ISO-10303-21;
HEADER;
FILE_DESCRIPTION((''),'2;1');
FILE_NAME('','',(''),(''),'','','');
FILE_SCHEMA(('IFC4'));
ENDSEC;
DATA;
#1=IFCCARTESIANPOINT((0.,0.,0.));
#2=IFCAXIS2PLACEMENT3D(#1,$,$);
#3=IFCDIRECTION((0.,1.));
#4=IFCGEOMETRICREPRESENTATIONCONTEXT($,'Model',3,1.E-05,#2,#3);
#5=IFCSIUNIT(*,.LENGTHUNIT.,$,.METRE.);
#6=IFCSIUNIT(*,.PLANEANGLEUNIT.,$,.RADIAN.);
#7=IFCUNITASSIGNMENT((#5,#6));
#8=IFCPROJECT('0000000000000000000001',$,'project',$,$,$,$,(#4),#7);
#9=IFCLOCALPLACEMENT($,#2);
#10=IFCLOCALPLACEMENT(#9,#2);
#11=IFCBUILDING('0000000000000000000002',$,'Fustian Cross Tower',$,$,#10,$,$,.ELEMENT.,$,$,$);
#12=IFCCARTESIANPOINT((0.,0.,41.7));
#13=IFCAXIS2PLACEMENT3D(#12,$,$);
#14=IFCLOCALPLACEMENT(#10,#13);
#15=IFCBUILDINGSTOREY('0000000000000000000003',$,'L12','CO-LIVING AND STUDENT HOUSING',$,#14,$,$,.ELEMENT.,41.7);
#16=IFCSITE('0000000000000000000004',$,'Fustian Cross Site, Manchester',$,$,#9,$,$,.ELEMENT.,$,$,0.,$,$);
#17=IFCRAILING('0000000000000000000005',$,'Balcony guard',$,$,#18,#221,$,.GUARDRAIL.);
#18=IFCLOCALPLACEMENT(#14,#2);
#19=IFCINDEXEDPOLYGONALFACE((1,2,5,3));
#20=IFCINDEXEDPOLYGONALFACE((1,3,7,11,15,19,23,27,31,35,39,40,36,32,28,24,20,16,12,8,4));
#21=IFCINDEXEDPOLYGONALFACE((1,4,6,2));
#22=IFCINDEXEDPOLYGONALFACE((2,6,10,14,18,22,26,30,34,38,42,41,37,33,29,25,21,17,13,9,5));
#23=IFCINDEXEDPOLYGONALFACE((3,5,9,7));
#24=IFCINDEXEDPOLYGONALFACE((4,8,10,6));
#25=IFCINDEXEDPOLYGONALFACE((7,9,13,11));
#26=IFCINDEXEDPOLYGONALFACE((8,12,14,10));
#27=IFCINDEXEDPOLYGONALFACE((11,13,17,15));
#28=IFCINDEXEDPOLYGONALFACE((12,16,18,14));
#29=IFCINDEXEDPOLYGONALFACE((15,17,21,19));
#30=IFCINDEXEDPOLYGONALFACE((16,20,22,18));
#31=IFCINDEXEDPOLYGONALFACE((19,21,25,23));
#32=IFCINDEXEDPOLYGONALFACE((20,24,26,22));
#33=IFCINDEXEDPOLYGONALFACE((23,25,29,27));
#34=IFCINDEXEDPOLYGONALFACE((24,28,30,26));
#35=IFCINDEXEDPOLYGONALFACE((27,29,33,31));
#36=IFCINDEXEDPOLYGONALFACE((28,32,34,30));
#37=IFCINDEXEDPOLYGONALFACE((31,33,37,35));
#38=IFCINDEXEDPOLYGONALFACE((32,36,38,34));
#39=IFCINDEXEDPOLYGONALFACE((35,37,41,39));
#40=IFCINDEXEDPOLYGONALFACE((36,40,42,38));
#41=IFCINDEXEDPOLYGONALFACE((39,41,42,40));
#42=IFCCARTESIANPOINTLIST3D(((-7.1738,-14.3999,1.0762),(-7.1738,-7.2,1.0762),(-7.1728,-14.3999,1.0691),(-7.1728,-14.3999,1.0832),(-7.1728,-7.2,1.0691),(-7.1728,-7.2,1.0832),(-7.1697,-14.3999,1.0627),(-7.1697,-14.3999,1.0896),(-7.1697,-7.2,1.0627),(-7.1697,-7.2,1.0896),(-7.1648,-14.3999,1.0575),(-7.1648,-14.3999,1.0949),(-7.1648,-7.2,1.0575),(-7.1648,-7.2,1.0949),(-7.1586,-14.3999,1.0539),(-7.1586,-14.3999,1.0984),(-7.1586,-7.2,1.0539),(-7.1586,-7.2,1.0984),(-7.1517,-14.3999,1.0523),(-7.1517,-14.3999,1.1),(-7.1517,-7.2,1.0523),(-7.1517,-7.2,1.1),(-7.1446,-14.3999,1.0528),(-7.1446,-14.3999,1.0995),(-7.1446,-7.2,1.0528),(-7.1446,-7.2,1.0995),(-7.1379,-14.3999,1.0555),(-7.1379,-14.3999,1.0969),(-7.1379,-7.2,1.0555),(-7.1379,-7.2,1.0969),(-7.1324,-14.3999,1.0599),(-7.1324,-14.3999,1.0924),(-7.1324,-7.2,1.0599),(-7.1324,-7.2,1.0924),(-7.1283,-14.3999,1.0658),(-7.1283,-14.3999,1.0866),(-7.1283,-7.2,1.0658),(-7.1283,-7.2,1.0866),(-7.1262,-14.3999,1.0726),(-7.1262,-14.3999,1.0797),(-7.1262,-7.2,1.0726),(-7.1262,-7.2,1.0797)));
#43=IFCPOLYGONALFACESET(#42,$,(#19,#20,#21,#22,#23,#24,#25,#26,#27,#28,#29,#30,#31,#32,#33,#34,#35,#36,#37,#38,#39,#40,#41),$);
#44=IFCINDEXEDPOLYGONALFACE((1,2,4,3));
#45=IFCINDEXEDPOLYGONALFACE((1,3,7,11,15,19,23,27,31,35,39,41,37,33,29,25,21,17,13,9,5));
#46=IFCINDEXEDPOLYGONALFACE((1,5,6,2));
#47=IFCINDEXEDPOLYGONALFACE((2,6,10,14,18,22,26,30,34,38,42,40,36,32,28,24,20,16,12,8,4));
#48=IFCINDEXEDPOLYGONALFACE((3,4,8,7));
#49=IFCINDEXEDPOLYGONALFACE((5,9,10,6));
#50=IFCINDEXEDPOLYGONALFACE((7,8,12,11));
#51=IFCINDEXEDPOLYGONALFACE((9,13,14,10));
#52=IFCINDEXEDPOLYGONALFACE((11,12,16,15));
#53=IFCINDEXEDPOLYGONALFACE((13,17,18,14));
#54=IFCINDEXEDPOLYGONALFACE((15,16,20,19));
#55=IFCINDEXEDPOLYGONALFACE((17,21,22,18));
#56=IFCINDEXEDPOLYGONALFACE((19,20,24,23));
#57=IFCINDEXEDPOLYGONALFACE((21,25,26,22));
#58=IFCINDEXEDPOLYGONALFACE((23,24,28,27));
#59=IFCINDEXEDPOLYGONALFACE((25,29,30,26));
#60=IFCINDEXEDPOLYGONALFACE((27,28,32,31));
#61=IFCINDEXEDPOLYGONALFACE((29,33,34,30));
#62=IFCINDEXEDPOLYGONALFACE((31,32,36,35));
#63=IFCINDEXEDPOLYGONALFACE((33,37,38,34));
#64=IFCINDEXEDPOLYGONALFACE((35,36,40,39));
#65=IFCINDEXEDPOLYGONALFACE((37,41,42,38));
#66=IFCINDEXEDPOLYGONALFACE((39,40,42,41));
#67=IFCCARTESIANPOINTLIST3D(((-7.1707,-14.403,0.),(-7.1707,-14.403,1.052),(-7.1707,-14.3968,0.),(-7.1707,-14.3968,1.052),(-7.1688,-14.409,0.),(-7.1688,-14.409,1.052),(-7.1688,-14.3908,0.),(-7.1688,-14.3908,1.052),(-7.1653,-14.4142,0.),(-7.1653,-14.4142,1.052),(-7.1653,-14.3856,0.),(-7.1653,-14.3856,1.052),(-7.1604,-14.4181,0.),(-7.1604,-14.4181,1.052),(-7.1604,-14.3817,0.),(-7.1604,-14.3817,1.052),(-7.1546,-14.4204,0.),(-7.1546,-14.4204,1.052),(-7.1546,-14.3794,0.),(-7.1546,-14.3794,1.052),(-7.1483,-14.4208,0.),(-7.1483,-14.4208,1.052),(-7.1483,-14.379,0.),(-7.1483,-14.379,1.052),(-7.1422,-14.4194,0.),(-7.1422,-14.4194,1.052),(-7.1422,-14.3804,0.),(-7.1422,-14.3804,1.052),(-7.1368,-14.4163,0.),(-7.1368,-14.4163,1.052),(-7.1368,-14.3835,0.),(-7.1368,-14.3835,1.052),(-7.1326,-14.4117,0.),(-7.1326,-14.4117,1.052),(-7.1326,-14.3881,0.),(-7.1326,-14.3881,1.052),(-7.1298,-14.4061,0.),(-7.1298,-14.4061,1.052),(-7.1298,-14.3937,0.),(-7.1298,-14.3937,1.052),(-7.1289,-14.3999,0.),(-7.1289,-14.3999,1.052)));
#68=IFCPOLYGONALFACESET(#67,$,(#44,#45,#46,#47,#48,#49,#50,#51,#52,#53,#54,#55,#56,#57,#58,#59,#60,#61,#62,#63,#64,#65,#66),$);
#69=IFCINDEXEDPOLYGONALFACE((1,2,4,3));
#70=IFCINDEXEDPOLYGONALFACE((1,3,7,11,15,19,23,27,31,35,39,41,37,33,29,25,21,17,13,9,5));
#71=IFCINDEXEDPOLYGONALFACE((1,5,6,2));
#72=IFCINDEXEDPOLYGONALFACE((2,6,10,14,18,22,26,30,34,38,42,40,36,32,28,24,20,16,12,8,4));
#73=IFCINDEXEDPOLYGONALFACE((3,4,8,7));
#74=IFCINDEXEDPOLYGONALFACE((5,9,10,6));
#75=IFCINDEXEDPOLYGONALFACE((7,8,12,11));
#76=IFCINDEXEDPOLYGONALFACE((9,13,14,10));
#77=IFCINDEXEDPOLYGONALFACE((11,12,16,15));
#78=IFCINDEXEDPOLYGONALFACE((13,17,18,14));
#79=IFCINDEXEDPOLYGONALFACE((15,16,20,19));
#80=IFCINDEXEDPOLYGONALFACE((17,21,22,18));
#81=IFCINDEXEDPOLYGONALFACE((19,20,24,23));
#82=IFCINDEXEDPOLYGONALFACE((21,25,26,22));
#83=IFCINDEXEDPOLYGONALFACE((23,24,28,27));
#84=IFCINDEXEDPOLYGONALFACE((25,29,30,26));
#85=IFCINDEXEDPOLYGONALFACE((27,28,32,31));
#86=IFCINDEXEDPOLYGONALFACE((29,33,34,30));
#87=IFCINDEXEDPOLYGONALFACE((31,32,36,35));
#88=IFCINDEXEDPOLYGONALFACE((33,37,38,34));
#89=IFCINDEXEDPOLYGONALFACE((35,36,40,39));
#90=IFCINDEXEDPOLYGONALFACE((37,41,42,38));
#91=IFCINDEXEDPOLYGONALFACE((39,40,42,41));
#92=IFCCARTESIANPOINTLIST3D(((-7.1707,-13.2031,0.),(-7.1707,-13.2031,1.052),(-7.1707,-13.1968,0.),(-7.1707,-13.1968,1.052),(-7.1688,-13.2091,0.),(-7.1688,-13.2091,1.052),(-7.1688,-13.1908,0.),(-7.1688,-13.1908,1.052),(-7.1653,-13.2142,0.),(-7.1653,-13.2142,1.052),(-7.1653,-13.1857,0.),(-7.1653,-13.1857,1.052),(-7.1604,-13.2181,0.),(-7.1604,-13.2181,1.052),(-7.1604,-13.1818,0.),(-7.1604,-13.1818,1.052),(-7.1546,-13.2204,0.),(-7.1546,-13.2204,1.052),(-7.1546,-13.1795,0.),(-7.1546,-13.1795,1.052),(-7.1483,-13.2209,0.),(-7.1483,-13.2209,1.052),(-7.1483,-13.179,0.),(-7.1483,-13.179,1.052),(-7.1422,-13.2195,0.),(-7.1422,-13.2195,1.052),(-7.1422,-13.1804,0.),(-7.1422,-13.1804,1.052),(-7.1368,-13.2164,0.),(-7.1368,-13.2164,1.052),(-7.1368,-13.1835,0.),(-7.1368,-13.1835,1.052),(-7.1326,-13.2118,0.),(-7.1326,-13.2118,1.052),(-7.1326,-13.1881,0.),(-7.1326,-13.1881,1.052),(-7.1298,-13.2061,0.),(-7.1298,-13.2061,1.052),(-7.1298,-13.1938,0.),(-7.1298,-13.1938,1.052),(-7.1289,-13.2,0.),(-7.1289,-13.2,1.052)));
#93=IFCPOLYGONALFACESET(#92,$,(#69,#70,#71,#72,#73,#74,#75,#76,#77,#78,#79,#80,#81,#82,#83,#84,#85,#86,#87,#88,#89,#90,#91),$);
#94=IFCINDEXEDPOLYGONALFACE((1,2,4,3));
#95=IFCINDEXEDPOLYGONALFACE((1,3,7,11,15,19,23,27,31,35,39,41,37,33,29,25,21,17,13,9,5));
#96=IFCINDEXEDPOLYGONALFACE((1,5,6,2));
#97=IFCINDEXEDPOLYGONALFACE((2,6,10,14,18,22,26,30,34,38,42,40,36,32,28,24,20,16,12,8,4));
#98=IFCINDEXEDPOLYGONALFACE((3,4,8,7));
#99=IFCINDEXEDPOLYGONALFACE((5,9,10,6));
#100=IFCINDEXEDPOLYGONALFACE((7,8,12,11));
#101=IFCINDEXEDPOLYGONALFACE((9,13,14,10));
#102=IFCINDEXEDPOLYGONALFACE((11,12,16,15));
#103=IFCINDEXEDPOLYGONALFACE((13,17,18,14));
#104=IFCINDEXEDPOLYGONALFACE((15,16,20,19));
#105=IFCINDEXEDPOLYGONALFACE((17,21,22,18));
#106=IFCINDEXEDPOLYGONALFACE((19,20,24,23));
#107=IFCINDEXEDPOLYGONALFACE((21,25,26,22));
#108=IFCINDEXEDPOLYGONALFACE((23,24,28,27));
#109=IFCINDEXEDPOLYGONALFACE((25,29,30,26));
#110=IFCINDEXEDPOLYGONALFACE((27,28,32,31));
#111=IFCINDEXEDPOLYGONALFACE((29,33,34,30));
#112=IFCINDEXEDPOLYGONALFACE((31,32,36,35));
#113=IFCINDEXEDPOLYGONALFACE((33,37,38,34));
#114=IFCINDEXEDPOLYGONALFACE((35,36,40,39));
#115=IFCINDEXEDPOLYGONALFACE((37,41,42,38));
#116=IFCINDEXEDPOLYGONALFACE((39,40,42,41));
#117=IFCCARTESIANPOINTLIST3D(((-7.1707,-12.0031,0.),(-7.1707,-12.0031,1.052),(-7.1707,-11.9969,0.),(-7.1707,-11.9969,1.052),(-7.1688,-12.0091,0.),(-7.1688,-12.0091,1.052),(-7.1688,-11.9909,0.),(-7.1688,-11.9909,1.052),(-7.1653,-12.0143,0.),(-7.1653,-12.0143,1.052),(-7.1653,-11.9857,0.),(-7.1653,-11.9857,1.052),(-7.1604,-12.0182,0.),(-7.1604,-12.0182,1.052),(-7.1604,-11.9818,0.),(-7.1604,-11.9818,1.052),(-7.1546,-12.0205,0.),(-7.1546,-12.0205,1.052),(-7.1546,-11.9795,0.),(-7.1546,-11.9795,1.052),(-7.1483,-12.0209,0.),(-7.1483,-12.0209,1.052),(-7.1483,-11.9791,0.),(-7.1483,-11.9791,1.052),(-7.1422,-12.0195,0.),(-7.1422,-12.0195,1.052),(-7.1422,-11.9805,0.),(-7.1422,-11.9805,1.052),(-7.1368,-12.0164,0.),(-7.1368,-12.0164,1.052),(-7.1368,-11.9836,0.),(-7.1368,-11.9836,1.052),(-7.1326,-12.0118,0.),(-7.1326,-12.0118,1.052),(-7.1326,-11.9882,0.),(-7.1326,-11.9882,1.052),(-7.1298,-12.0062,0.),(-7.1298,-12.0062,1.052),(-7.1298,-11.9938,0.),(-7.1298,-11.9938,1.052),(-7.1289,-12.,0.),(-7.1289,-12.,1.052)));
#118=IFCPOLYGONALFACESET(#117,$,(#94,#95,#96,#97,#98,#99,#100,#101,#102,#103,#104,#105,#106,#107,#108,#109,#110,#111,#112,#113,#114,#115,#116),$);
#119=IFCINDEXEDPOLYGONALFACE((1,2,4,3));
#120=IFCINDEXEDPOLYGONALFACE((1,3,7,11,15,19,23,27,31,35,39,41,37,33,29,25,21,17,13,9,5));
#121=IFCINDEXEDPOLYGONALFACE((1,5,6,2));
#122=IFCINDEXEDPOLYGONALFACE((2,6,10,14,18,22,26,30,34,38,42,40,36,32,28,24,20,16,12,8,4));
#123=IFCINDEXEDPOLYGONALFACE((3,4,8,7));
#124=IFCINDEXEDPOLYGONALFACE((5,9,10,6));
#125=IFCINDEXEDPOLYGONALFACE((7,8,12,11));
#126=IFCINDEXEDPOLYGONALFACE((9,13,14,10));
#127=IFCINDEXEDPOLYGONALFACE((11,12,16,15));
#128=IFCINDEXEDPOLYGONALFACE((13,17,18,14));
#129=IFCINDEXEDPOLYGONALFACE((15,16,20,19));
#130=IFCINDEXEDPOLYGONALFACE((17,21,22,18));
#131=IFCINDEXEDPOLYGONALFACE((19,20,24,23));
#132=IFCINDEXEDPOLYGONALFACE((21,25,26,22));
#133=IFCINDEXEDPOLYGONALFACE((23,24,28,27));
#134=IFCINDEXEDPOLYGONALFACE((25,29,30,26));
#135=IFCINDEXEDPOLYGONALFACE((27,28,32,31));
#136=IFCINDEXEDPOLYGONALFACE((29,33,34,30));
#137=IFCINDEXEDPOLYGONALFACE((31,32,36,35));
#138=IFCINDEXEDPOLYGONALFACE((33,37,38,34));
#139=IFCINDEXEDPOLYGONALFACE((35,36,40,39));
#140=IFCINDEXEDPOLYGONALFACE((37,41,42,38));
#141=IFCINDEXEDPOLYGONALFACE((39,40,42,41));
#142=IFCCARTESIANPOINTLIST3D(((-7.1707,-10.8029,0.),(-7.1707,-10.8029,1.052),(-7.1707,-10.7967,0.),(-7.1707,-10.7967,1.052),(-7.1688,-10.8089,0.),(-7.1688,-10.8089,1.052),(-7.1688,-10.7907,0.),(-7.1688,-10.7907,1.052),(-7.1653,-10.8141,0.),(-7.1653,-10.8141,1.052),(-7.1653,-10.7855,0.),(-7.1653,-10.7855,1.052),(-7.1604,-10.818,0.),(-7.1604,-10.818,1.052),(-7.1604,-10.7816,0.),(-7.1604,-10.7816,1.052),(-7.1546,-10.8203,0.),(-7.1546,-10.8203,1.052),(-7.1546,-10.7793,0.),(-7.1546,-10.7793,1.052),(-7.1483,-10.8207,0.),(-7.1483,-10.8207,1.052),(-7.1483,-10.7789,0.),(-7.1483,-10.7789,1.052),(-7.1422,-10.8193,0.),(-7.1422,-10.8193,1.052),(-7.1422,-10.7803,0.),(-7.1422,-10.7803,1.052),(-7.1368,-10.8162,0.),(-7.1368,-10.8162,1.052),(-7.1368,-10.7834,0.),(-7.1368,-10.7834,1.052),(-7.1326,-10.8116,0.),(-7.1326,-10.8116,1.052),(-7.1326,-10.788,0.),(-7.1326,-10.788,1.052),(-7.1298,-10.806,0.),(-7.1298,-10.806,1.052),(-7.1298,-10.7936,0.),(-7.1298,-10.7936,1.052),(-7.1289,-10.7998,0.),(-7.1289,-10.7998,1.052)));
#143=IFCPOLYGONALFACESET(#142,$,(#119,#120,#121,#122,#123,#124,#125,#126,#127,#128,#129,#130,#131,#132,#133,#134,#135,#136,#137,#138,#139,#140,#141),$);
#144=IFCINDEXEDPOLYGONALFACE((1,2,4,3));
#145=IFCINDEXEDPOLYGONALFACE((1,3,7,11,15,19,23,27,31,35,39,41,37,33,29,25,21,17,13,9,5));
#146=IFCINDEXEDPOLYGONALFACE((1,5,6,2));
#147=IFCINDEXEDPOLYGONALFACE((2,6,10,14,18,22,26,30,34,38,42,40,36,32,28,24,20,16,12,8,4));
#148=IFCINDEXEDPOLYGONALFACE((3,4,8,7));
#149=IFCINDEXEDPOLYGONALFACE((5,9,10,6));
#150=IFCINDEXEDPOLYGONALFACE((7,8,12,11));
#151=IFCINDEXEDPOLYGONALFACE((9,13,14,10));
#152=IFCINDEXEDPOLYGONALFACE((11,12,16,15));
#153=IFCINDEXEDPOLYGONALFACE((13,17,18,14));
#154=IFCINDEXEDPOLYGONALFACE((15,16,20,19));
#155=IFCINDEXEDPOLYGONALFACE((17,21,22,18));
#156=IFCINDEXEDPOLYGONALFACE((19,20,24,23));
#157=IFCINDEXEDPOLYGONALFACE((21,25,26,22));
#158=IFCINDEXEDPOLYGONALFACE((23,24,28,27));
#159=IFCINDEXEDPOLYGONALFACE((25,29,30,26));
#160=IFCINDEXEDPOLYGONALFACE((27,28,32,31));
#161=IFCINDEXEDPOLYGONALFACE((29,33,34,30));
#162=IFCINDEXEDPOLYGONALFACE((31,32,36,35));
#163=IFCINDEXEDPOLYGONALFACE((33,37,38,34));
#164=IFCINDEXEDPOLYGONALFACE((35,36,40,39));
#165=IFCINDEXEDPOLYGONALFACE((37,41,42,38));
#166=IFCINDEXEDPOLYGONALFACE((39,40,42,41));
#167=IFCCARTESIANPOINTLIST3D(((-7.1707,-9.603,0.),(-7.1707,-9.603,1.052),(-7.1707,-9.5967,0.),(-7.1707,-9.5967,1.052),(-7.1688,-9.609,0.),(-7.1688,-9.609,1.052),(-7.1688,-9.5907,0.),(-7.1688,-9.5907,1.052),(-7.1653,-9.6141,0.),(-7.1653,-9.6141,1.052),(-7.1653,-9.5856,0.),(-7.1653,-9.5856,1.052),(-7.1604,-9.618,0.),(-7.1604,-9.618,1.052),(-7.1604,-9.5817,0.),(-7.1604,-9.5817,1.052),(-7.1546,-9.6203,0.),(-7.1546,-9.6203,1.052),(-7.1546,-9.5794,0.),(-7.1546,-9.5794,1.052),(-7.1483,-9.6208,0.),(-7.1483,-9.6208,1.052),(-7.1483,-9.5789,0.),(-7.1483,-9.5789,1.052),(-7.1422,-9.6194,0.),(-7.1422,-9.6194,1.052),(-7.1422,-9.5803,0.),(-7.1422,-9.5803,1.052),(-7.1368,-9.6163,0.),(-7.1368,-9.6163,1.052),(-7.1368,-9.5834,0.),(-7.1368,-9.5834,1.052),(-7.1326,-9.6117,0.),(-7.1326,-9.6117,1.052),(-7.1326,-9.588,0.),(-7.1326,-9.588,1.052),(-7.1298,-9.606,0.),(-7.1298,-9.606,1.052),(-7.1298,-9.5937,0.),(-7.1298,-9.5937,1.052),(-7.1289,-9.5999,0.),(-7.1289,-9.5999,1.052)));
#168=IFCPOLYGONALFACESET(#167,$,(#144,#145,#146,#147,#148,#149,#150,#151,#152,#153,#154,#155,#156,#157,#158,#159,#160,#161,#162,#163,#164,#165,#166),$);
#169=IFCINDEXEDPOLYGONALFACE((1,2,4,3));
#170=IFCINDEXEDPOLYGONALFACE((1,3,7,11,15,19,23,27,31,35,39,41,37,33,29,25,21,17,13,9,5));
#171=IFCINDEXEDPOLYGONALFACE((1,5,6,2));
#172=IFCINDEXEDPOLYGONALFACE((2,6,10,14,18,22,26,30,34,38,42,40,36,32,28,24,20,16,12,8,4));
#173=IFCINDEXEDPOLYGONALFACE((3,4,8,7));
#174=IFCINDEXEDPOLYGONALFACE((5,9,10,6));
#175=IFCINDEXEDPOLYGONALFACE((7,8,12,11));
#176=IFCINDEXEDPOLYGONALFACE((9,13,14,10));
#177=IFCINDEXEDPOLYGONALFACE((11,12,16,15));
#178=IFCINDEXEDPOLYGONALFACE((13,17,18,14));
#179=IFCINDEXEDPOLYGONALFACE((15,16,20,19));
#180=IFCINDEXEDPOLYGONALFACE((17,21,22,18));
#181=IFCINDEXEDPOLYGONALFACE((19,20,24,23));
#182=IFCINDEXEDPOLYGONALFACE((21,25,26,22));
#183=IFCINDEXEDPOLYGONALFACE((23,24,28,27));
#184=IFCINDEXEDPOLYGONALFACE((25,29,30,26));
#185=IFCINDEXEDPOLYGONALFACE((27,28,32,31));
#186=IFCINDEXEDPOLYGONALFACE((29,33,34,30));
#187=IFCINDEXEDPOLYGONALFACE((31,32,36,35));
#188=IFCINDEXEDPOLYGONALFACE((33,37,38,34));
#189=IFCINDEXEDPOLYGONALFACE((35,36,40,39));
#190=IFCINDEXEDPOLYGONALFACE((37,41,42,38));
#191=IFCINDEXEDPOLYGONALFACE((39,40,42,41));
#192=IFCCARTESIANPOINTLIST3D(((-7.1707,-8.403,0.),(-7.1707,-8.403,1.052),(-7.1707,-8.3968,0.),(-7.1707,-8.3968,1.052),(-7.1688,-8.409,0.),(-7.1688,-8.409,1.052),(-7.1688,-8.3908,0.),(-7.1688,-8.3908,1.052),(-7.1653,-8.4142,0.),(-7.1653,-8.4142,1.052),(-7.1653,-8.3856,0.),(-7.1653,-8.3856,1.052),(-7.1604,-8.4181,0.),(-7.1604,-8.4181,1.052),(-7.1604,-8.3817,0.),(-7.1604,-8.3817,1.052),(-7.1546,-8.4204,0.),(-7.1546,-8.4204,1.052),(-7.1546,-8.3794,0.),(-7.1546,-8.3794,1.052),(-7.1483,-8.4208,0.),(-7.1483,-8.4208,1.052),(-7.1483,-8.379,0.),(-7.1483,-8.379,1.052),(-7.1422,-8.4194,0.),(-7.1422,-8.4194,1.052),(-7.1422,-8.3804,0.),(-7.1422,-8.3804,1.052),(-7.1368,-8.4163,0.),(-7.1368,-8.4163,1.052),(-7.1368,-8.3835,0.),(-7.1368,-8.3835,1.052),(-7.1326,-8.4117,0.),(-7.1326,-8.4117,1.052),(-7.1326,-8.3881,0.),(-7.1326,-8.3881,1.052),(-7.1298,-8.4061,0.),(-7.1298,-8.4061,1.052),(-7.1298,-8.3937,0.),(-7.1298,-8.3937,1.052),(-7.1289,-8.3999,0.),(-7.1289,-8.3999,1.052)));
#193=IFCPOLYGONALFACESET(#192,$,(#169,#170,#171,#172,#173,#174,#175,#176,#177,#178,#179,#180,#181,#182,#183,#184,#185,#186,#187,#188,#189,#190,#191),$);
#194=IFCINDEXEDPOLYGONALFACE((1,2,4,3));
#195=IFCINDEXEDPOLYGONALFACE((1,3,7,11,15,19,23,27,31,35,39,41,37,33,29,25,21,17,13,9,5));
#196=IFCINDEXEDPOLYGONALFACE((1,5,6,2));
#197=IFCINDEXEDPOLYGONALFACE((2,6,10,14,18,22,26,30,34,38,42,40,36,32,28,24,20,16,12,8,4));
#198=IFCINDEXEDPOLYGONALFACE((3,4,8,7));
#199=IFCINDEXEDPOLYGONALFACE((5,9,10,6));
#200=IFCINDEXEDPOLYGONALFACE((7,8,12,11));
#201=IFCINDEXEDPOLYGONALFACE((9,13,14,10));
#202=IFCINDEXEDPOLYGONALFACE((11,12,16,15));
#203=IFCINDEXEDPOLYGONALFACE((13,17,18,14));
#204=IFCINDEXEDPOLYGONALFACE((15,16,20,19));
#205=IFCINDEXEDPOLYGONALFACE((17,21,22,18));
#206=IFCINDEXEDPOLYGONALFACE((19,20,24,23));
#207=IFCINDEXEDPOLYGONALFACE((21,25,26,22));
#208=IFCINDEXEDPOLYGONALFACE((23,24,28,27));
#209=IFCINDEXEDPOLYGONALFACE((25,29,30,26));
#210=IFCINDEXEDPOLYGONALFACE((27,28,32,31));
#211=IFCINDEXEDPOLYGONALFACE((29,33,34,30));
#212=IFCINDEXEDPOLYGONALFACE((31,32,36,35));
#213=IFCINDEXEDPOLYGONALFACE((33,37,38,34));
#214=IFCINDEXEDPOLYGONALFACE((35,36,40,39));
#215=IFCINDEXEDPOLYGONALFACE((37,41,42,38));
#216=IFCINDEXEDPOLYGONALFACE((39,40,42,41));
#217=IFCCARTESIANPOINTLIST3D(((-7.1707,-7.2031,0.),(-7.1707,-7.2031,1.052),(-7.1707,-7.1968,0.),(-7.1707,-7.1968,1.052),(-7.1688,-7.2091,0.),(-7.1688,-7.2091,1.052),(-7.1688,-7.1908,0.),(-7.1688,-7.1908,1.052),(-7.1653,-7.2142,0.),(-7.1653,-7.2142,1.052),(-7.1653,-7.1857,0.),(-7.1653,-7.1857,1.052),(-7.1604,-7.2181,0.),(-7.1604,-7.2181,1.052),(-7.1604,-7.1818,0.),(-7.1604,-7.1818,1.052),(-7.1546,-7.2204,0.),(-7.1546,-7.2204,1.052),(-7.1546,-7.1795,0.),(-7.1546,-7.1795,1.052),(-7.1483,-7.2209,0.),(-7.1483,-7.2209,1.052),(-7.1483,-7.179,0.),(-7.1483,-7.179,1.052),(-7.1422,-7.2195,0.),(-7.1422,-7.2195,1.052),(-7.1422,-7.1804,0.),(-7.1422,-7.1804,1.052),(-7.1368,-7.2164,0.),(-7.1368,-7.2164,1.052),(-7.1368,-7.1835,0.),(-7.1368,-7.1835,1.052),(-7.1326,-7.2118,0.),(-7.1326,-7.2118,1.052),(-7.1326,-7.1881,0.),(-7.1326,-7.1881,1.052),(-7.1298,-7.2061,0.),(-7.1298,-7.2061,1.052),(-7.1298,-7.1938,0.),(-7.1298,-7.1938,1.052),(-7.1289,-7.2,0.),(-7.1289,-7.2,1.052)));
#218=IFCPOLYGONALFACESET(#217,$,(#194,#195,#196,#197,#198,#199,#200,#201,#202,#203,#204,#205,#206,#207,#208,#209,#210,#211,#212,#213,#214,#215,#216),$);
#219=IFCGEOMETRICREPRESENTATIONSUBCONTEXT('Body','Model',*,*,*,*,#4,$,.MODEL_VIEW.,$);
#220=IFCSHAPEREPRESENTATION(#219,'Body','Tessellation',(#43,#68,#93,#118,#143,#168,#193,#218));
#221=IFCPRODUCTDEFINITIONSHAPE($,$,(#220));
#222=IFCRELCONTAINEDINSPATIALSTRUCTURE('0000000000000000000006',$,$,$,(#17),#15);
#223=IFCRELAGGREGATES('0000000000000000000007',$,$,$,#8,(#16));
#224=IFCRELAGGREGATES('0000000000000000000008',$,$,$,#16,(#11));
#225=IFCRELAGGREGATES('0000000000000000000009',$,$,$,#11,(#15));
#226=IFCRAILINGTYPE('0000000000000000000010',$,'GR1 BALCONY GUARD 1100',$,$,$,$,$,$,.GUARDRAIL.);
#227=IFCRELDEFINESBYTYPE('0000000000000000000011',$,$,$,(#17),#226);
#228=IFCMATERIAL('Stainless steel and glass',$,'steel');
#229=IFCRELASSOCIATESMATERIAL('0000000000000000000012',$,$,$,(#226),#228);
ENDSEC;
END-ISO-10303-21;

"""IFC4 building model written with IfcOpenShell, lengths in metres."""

from ifc_helpers import new_model, si_unit, direction, frame, origin, origin_2d, place, context, subcontext, project, spatial, circle, extrude, material, type_object, element, save


model = new_model("IFC4")

# Units and contexts
model_context = context("Model", 3, precision=1e-05, world=origin(), true_north=direction((0.0, 1.0)))
body_context = subcontext(model_context, "Body", "Model", "MODEL_VIEW")
ifc_project = project(units=[si_unit("LENGTHUNIT", "METRE"), si_unit("PLANEANGLEUNIT", "RADIAN")], contexts=[model_context])

# Site, building, storey
site_placement = place(None, origin())
site = spatial("IfcSite", under=ifc_project, at=site_placement, Name="Fustian Cross Site, Manchester", CompositionType="ELEMENT", RefElevation=0.0)
building_placement = place(site_placement, origin())
building = spatial("IfcBuilding", under=site, at=building_placement, Name="Fustian Cross Tower", CompositionType="ELEMENT")
storey_placement = place(building_placement, frame((0.0, 0.0, 41.7)))
storey = spatial("IfcBuildingStorey", under=building, at=storey_placement, Name="L12", Description="CO-LIVING AND STUDENT HOUSING", CompositionType="ELEMENT", Elevation=41.7)

# Railing
ifc_material_1 = material(Name="Stainless steel and glass", Category="steel")
railing_type = type_object("IfcRailingType", Name="GR1 BALCONY GUARD 1100", PredefinedType="GUARDRAIL", material=ifc_material_1)
railing_placement = place(storey_placement, frame((-7.1499, -14.3999, 0.0)))
element("IfcRailing", 1, at=railing_placement, inside=storey, type_object=railing_type, Name="Balcony guard", PredefinedType="GUARDRAIL", context=body_context, shape_type="SweptSolid", body=[
    extrude(circle(Radius=0.0239, at=origin_2d()), frame((0.0, 0.0, 1.0762), z_axis=(0.0, 1.0, 0.0), x_axis=(-1.0, 0.0, 0.0)), (0.0, 0.0, 1.0), 7.2),
    extrude(circle(Radius=0.021, at=origin_2d()), origin(), (0.0, 0.0, 1.0), 1.052),
    extrude(circle(Radius=0.021, at=origin_2d()), frame((0.0, 1.2, 0.0)), (0.0, 0.0, 1.0), 1.052),
    extrude(circle(Radius=0.021, at=origin_2d()), frame((0.0, 2.3999, 0.0)), (0.0, 0.0, 1.0), 1.052),
    extrude(circle(Radius=0.021, at=origin_2d()), frame((0.0, 3.6001, 0.0)), (0.0, 0.0, 1.0), 1.052),
    extrude(circle(Radius=0.021, at=origin_2d()), frame((0.0, 4.8, 0.0)), (0.0, 0.0, 1.0), 1.052),
    extrude(circle(Radius=0.021, at=origin_2d()), frame((0.0, 6.0, 0.0)), (0.0, 0.0, 1.0), 1.052),
    extrude(circle(Radius=0.021, at=origin_2d()), frame((0.0, 7.2, 0.0)), (0.0, 0.0, 1.0), 1.052),
])

save(model, "model.ifc")
